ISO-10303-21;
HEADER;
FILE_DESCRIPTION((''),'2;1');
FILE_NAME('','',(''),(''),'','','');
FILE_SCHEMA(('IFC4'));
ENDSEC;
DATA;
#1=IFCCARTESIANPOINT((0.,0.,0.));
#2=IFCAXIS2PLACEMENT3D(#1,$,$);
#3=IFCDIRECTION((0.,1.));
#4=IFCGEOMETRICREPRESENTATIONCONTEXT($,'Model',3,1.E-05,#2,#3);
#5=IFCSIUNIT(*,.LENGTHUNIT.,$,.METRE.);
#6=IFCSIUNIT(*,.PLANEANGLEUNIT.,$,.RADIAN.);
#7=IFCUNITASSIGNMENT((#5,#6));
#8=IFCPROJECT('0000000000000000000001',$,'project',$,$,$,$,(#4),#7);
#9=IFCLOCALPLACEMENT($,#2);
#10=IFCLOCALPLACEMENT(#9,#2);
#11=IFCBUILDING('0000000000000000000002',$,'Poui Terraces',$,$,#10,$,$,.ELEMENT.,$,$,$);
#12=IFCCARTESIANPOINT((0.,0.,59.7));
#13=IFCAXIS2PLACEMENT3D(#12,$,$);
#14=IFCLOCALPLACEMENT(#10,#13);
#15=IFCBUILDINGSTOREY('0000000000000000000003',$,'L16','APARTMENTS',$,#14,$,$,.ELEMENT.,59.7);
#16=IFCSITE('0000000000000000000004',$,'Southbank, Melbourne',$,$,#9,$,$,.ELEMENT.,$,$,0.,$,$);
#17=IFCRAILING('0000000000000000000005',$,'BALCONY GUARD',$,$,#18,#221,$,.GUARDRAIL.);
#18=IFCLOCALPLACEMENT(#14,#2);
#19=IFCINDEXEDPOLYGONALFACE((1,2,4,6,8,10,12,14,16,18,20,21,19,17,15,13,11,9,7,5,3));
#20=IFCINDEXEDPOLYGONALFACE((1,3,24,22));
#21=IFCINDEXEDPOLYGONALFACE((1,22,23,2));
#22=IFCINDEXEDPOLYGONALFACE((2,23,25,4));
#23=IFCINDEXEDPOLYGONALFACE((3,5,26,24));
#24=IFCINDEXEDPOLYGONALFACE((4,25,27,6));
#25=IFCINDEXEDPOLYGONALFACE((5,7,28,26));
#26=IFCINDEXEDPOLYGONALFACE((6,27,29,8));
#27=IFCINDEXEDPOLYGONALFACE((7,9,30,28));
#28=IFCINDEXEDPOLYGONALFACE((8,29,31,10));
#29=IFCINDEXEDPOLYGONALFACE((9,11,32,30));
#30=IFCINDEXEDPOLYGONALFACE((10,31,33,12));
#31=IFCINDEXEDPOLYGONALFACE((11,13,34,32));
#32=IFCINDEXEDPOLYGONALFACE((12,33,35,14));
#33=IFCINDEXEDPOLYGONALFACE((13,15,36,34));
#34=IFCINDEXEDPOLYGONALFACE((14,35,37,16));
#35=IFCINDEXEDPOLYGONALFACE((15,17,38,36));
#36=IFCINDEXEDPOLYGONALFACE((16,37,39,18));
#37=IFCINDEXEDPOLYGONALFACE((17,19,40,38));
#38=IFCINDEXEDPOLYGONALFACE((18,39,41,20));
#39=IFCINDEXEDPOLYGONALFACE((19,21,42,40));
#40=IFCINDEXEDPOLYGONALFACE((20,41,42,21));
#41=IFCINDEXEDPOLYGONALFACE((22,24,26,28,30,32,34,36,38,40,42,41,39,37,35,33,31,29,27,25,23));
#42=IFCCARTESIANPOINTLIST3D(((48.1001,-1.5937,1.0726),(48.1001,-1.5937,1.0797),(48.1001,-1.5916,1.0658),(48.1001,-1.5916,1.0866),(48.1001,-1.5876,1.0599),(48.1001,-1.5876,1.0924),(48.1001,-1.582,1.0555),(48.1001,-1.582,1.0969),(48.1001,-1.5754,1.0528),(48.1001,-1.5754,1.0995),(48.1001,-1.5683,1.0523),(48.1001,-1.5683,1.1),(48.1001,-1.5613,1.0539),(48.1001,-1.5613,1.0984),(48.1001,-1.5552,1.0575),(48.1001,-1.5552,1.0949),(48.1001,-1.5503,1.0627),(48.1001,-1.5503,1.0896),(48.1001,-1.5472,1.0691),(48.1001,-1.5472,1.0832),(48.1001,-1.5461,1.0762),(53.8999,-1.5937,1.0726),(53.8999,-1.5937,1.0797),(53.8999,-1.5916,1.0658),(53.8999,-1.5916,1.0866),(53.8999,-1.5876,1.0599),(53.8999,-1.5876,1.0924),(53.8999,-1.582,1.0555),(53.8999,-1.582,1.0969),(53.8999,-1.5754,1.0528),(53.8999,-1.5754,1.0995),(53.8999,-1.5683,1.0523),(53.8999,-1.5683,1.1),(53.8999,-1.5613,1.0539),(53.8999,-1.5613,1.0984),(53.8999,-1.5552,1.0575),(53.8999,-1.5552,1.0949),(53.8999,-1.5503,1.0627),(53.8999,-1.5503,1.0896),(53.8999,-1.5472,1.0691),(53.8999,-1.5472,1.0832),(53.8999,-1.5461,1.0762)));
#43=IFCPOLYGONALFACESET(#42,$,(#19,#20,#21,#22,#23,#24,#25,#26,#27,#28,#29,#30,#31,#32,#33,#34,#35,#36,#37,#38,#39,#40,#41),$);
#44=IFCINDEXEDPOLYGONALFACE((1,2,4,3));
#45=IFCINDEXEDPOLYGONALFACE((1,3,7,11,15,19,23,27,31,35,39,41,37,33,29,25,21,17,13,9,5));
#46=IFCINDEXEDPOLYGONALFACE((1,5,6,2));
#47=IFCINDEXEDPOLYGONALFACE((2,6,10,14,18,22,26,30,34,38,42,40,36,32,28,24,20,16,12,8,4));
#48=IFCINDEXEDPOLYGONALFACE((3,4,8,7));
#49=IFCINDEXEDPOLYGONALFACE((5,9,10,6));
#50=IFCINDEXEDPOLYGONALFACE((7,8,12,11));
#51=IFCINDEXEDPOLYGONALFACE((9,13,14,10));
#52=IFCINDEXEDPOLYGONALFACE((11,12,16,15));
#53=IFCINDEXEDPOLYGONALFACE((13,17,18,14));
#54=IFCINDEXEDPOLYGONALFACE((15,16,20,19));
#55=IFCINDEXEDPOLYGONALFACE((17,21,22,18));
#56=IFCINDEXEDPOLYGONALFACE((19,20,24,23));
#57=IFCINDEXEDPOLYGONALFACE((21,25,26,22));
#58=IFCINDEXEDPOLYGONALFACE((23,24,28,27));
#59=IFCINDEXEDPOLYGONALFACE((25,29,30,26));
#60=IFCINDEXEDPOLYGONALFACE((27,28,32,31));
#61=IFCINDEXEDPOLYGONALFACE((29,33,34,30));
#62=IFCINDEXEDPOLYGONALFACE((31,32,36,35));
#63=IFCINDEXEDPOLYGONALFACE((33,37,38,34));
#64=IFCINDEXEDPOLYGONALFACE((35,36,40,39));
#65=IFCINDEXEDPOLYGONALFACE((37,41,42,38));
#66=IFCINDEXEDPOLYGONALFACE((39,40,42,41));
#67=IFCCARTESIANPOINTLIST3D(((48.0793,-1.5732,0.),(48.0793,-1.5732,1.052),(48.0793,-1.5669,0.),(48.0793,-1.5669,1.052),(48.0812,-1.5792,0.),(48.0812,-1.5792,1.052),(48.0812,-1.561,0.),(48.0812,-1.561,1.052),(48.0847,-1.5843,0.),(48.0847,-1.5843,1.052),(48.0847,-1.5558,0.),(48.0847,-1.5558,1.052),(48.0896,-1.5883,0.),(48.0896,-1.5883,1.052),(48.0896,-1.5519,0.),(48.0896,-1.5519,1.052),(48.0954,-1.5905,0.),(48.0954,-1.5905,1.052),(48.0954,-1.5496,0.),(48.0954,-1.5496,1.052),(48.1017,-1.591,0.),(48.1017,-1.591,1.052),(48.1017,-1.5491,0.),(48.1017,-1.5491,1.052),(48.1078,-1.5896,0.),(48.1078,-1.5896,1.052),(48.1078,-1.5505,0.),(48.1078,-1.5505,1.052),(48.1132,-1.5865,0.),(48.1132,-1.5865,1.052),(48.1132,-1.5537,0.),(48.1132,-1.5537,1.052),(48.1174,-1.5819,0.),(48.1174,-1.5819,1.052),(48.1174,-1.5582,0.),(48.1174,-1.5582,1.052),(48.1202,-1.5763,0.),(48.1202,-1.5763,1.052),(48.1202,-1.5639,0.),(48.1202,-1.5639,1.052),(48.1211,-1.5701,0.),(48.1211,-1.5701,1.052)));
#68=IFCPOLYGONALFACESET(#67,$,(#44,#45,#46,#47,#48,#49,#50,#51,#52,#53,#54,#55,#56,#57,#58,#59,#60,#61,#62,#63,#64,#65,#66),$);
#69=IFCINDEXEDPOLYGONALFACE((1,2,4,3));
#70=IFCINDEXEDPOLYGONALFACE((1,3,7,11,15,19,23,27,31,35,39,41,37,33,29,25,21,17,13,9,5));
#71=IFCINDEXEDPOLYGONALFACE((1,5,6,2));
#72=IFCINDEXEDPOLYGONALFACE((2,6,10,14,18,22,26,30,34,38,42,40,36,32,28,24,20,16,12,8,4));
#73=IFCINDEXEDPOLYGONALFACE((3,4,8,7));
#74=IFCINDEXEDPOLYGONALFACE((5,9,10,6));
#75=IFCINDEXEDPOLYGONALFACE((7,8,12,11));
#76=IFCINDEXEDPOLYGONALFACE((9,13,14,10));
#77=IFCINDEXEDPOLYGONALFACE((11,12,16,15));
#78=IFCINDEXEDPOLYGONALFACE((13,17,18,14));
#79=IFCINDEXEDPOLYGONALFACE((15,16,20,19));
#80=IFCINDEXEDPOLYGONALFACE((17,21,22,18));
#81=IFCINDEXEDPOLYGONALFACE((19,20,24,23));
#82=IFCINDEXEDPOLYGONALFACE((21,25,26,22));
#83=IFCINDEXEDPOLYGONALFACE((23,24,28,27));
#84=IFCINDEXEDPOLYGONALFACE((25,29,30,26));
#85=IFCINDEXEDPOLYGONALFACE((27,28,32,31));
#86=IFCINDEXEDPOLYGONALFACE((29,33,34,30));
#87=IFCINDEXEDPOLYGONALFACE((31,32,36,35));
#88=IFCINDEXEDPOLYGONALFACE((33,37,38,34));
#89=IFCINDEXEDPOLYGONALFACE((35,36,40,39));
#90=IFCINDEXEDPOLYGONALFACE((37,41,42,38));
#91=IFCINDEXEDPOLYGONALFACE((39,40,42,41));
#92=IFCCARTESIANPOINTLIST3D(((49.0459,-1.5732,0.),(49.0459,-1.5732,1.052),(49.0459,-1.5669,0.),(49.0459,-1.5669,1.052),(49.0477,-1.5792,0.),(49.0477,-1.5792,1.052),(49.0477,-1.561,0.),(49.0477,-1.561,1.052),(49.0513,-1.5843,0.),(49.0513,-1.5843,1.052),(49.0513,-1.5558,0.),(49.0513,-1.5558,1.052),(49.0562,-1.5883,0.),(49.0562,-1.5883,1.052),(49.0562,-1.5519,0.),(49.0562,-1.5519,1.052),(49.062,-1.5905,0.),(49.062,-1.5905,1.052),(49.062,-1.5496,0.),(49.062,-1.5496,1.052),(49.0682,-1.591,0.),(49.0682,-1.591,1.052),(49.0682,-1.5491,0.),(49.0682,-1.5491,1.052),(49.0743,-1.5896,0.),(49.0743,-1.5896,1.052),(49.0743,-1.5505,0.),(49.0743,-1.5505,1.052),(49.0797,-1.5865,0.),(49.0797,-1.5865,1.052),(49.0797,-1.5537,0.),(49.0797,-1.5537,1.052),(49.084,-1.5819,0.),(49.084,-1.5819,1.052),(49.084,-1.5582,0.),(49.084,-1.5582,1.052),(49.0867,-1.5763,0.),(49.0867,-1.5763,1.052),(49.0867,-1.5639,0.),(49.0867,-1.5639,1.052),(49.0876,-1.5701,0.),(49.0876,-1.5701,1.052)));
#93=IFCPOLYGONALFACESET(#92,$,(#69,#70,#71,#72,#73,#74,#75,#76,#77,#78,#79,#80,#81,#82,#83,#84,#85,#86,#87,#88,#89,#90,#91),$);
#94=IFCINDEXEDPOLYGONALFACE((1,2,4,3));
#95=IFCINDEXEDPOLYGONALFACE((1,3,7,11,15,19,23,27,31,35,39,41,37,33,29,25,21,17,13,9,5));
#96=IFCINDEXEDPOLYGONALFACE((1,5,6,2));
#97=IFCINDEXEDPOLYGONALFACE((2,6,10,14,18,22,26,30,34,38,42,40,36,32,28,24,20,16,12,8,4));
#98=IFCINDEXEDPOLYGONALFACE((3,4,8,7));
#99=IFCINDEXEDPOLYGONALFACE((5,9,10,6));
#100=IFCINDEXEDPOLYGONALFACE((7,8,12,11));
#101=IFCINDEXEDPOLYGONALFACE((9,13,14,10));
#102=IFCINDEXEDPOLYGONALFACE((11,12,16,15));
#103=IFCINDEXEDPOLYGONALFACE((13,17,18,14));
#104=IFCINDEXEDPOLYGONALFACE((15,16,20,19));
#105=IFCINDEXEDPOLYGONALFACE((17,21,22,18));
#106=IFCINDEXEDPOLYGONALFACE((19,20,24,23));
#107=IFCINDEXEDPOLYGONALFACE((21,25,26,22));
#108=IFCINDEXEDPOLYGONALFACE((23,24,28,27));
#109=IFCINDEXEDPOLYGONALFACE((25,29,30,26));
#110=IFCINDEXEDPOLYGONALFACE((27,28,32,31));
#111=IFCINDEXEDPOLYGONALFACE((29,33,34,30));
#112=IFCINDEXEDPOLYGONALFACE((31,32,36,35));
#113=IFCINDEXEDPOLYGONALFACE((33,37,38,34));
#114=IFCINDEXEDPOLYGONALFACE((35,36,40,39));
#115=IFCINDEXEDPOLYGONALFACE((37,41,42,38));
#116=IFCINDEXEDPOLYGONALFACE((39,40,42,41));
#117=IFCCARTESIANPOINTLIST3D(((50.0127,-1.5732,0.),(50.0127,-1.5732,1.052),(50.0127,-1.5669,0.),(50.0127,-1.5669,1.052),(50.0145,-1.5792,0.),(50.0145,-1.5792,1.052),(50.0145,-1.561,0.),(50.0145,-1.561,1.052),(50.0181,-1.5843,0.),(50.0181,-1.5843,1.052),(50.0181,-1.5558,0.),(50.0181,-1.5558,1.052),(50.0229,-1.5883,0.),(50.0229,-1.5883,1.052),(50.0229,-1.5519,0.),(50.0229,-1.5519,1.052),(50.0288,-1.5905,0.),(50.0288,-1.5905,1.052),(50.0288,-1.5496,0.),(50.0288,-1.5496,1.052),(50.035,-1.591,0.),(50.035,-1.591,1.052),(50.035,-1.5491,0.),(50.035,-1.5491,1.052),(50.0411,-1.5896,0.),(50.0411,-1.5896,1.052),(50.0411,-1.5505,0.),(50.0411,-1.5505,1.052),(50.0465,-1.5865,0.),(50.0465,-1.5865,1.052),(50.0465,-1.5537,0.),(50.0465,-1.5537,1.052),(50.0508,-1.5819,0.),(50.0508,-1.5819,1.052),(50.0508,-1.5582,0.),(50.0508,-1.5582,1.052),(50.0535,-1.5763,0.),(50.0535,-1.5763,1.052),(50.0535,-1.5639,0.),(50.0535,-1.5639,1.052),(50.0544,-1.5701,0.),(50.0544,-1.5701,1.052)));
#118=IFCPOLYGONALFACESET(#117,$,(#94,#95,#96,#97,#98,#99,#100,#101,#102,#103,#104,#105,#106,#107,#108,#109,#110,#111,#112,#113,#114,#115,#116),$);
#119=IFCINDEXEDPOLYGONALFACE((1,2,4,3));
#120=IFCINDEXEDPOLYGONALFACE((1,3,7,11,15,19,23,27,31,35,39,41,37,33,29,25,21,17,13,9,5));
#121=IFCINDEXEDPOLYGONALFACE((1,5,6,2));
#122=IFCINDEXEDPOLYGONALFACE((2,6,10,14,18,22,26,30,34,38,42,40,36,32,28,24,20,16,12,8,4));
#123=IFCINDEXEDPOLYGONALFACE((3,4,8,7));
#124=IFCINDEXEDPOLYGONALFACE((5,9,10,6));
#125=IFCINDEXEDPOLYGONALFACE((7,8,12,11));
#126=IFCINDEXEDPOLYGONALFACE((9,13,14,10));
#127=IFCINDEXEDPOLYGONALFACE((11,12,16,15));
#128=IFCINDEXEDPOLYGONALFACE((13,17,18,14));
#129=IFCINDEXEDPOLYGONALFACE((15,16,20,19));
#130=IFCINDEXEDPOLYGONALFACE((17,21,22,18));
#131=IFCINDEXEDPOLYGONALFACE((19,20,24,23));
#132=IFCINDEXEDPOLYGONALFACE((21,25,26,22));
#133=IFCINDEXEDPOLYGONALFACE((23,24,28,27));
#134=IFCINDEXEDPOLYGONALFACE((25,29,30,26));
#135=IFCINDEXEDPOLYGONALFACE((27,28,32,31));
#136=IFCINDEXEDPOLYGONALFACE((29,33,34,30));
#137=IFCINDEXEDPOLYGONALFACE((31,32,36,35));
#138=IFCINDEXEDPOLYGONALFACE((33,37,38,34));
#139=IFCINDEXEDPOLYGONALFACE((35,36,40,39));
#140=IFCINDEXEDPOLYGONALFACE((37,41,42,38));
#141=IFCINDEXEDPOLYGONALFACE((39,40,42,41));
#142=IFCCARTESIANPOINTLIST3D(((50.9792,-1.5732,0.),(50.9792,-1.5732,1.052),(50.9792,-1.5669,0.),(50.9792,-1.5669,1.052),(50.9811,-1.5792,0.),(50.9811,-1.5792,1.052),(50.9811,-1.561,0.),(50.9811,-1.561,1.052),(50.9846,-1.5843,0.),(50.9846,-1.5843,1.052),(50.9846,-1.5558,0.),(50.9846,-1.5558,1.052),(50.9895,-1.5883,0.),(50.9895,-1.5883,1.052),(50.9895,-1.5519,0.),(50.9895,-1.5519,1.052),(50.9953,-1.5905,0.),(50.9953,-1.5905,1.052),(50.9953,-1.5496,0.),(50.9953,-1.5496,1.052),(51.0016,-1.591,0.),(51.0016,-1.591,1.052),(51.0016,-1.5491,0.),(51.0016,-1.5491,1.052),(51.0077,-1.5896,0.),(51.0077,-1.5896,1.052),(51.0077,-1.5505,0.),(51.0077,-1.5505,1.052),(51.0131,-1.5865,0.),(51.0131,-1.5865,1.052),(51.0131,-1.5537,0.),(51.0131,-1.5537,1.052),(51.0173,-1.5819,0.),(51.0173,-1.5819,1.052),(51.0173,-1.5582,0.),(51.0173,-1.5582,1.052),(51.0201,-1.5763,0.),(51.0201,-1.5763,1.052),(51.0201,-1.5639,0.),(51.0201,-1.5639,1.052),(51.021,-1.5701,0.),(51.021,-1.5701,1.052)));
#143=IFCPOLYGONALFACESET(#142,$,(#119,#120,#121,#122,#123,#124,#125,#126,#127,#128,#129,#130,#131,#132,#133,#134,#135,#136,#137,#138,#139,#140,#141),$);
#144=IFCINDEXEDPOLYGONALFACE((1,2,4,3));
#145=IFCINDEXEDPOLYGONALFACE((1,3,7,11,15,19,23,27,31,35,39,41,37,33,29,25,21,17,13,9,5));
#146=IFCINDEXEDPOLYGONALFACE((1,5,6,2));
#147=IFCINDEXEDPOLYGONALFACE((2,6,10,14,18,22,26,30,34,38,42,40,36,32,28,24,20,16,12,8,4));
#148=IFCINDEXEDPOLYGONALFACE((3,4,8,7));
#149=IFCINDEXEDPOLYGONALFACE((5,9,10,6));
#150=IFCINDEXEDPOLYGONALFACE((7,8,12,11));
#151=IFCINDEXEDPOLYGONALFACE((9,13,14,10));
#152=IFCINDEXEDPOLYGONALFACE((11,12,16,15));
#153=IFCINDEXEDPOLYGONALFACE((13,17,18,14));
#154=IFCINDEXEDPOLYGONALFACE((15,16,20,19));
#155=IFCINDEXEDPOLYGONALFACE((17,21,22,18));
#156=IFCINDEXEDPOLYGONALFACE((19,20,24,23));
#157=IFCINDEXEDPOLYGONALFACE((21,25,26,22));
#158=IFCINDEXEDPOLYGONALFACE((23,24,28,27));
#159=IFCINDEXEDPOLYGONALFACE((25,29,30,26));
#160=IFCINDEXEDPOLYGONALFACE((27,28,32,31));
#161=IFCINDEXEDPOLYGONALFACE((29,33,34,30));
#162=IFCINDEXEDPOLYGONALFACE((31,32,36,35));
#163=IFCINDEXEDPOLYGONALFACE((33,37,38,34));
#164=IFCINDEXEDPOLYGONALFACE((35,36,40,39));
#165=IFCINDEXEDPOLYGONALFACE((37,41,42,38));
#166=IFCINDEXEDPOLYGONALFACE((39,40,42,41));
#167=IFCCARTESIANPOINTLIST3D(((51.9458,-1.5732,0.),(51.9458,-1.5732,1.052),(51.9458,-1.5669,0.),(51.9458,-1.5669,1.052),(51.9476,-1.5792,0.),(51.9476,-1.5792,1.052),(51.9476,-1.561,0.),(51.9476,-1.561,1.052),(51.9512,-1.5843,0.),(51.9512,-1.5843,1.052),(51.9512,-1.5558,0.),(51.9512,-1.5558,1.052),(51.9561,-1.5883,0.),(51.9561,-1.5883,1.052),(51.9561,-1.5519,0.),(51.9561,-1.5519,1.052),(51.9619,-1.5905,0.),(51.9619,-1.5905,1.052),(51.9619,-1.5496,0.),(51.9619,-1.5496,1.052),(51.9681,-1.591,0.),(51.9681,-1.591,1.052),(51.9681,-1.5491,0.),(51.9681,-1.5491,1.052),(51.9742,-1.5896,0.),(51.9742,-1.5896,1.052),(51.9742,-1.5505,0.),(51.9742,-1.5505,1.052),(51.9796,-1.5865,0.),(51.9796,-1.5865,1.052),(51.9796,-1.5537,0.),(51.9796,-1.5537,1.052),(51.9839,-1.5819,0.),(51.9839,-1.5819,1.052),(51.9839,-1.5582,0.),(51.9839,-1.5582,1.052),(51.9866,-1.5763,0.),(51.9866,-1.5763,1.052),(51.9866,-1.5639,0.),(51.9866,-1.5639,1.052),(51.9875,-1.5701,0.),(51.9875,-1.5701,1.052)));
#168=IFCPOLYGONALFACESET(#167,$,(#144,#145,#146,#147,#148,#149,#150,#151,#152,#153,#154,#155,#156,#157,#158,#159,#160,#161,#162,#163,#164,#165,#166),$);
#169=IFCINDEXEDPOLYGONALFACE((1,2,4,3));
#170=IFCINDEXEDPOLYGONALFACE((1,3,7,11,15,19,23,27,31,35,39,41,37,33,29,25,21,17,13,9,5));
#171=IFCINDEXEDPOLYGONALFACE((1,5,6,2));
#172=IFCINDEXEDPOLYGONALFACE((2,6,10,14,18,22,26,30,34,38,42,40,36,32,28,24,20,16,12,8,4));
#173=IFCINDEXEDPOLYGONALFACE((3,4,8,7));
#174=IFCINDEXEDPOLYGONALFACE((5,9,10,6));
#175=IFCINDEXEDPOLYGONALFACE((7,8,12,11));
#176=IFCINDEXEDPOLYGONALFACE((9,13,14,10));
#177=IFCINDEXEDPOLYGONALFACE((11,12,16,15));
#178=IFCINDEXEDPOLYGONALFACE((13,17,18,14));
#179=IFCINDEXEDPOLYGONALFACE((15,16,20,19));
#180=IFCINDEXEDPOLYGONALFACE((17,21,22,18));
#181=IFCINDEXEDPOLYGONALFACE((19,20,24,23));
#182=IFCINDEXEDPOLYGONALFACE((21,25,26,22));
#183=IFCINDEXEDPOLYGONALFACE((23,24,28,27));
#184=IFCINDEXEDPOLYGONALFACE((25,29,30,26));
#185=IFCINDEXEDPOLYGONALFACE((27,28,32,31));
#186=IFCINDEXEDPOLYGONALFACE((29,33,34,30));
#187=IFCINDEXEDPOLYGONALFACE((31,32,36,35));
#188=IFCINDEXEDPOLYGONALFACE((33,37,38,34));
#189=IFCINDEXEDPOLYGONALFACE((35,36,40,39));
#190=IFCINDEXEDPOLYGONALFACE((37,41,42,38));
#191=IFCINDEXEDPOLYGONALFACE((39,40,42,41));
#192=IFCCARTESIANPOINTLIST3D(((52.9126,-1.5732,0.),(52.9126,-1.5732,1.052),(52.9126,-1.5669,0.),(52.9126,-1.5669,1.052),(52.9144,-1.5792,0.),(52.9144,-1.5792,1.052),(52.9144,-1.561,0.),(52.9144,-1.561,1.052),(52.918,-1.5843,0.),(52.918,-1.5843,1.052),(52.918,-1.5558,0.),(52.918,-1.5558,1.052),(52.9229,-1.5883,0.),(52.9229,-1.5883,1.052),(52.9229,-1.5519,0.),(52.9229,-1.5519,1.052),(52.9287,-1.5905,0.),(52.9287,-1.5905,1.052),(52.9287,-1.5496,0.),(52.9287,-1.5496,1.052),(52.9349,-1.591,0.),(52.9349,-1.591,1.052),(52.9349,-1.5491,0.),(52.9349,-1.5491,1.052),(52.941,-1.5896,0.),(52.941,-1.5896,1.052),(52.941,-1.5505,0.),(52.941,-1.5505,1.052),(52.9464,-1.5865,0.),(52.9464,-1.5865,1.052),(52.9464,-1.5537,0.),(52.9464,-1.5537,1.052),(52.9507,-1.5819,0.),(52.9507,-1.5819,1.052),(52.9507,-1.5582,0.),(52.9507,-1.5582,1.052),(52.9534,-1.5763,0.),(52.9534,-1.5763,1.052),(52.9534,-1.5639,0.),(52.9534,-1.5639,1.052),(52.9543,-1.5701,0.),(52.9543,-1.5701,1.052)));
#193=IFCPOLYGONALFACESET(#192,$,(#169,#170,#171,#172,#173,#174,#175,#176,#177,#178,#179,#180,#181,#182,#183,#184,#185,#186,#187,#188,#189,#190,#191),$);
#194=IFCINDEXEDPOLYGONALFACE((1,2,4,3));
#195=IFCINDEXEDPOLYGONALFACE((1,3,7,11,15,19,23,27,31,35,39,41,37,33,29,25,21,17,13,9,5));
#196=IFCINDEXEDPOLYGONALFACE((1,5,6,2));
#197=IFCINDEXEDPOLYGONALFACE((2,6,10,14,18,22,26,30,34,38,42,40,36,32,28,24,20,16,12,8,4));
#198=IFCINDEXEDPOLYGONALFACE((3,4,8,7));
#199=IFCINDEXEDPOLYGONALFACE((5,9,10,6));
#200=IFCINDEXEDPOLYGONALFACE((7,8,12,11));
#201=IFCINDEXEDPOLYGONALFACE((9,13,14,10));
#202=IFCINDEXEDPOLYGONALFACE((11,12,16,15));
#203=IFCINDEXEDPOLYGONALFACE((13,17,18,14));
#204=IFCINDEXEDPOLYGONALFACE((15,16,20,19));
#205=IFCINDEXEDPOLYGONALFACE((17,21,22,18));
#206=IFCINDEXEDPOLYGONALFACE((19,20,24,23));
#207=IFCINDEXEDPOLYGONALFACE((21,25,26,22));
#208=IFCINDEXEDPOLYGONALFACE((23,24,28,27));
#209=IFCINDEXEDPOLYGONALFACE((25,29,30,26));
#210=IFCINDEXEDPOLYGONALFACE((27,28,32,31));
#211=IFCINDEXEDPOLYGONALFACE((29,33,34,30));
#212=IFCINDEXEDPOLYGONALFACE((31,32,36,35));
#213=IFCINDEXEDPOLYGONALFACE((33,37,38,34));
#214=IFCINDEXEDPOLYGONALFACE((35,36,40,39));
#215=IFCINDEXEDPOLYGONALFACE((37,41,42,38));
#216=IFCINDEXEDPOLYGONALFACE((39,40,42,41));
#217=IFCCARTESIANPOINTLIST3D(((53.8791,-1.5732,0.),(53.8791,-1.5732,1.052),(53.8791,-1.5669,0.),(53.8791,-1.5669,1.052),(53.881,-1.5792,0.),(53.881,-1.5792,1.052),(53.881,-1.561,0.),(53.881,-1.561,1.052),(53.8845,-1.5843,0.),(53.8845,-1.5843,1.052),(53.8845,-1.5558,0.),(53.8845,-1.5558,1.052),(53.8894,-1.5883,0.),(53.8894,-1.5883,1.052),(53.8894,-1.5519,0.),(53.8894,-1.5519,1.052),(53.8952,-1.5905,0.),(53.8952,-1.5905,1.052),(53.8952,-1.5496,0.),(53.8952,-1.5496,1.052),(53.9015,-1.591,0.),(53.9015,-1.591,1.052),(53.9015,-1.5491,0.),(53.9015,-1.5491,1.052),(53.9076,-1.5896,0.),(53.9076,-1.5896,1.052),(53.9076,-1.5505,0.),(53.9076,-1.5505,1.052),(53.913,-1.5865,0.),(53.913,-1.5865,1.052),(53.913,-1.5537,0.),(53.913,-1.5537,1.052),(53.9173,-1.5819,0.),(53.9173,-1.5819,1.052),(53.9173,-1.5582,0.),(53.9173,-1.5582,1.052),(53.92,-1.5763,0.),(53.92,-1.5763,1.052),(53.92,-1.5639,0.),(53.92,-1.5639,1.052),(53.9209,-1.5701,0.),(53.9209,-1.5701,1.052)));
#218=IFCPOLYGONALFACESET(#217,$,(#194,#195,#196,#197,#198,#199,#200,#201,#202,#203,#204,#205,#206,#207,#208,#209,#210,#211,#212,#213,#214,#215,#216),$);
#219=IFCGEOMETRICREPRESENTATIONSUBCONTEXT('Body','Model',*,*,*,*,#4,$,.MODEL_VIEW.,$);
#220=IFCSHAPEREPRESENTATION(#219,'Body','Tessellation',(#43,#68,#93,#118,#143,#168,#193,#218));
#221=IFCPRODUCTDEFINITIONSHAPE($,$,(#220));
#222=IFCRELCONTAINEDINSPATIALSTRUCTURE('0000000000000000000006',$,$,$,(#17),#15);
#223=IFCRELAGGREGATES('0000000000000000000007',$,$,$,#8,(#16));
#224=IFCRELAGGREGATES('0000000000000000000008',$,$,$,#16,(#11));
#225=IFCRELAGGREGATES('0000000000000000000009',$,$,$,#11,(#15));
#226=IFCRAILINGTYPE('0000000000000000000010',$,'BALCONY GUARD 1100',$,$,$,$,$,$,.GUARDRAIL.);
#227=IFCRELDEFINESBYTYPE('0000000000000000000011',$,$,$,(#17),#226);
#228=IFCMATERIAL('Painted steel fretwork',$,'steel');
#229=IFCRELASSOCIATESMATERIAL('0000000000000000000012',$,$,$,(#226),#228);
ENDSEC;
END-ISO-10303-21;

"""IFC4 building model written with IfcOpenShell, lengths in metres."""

from ifc_helpers import new_model, si_unit, direction, frame, origin, origin_2d, place, context, subcontext, project, spatial, circle, extrude, material, type_object, element, save


model = new_model("IFC4")

# Units and contexts
model_context = context("Model", 3, precision=1e-05, world=origin(), true_north=direction((0.0, 1.0)))
body_context = subcontext(model_context, "Body", "Model", "MODEL_VIEW")
ifc_project = project(units=[si_unit("LENGTHUNIT", "METRE"), si_unit("PLANEANGLEUNIT", "RADIAN")], contexts=[model_context])

# Site, building, storey
site_placement = place(None, origin())
site = spatial("IfcSite", under=ifc_project, at=site_placement, Name="Southbank, Melbourne", CompositionType="ELEMENT", RefElevation=0.0)
building_placement = place(site_placement, origin())
building = spatial("IfcBuilding", under=site, at=building_placement, Name="Poui Terraces", CompositionType="ELEMENT")
storey_placement = place(building_placement, frame((0.0, 0.0, 59.7)))
storey = spatial("IfcBuildingStorey", under=building, at=storey_placement, Name="L16", Description="APARTMENTS", CompositionType="ELEMENT", Elevation=59.7)

# Railing
ifc_material_1 = material(Name="Painted steel fretwork", Category="steel")
railing_type = type_object("IfcRailingType", Name="BALCONY GUARD 1100", PredefinedType="GUARDRAIL", material=ifc_material_1)
railing_placement = place(storey_placement, frame((48.1001, -1.5701, 0.0)))
element("IfcRailing", 1, at=railing_placement, inside=storey, type_object=railing_type, Name="BALCONY GUARD", PredefinedType="GUARDRAIL", context=body_context, shape_type="SweptSolid", body=[
    extrude(circle(Radius=0.0239, at=origin_2d()), frame((0.0, 0.0, 1.0762), z_axis=(1.0, 0.0, 0.0), x_axis=(0.0, 1.0, 0.0)), (0.0, 0.0, 1.0), 5.7998),
    extrude(circle(Radius=0.021, at=origin_2d()), origin(), (0.0, 0.0, 1.0), 1.052),
    extrude(circle(Radius=0.021, at=origin_2d()), frame((0.9666, 0.0, 0.0)), (0.0, 0.0, 1.0), 1.052),
    extrude(circle(Radius=0.021, at=origin_2d()), frame((1.9333, 0.0, 0.0)), (0.0, 0.0, 1.0), 1.052),
    extrude(circle(Radius=0.021, at=origin_2d()), frame((2.8999, 0.0, 0.0)), (0.0, 0.0, 1.0), 1.052),
    extrude(circle(Radius=0.021, at=origin_2d()), frame((3.8665, 0.0, 0.0)), (0.0, 0.0, 1.0), 1.052),
    extrude(circle(Radius=0.021, at=origin_2d()), frame((4.8333, 0.0, 0.0)), (0.0, 0.0, 1.0), 1.052),
    extrude(circle(Radius=0.021, at=origin_2d()), frame((5.7998, 0.0, 0.0)), (0.0, 0.0, 1.0), 1.052),
])

save(model, "model.ifc")
